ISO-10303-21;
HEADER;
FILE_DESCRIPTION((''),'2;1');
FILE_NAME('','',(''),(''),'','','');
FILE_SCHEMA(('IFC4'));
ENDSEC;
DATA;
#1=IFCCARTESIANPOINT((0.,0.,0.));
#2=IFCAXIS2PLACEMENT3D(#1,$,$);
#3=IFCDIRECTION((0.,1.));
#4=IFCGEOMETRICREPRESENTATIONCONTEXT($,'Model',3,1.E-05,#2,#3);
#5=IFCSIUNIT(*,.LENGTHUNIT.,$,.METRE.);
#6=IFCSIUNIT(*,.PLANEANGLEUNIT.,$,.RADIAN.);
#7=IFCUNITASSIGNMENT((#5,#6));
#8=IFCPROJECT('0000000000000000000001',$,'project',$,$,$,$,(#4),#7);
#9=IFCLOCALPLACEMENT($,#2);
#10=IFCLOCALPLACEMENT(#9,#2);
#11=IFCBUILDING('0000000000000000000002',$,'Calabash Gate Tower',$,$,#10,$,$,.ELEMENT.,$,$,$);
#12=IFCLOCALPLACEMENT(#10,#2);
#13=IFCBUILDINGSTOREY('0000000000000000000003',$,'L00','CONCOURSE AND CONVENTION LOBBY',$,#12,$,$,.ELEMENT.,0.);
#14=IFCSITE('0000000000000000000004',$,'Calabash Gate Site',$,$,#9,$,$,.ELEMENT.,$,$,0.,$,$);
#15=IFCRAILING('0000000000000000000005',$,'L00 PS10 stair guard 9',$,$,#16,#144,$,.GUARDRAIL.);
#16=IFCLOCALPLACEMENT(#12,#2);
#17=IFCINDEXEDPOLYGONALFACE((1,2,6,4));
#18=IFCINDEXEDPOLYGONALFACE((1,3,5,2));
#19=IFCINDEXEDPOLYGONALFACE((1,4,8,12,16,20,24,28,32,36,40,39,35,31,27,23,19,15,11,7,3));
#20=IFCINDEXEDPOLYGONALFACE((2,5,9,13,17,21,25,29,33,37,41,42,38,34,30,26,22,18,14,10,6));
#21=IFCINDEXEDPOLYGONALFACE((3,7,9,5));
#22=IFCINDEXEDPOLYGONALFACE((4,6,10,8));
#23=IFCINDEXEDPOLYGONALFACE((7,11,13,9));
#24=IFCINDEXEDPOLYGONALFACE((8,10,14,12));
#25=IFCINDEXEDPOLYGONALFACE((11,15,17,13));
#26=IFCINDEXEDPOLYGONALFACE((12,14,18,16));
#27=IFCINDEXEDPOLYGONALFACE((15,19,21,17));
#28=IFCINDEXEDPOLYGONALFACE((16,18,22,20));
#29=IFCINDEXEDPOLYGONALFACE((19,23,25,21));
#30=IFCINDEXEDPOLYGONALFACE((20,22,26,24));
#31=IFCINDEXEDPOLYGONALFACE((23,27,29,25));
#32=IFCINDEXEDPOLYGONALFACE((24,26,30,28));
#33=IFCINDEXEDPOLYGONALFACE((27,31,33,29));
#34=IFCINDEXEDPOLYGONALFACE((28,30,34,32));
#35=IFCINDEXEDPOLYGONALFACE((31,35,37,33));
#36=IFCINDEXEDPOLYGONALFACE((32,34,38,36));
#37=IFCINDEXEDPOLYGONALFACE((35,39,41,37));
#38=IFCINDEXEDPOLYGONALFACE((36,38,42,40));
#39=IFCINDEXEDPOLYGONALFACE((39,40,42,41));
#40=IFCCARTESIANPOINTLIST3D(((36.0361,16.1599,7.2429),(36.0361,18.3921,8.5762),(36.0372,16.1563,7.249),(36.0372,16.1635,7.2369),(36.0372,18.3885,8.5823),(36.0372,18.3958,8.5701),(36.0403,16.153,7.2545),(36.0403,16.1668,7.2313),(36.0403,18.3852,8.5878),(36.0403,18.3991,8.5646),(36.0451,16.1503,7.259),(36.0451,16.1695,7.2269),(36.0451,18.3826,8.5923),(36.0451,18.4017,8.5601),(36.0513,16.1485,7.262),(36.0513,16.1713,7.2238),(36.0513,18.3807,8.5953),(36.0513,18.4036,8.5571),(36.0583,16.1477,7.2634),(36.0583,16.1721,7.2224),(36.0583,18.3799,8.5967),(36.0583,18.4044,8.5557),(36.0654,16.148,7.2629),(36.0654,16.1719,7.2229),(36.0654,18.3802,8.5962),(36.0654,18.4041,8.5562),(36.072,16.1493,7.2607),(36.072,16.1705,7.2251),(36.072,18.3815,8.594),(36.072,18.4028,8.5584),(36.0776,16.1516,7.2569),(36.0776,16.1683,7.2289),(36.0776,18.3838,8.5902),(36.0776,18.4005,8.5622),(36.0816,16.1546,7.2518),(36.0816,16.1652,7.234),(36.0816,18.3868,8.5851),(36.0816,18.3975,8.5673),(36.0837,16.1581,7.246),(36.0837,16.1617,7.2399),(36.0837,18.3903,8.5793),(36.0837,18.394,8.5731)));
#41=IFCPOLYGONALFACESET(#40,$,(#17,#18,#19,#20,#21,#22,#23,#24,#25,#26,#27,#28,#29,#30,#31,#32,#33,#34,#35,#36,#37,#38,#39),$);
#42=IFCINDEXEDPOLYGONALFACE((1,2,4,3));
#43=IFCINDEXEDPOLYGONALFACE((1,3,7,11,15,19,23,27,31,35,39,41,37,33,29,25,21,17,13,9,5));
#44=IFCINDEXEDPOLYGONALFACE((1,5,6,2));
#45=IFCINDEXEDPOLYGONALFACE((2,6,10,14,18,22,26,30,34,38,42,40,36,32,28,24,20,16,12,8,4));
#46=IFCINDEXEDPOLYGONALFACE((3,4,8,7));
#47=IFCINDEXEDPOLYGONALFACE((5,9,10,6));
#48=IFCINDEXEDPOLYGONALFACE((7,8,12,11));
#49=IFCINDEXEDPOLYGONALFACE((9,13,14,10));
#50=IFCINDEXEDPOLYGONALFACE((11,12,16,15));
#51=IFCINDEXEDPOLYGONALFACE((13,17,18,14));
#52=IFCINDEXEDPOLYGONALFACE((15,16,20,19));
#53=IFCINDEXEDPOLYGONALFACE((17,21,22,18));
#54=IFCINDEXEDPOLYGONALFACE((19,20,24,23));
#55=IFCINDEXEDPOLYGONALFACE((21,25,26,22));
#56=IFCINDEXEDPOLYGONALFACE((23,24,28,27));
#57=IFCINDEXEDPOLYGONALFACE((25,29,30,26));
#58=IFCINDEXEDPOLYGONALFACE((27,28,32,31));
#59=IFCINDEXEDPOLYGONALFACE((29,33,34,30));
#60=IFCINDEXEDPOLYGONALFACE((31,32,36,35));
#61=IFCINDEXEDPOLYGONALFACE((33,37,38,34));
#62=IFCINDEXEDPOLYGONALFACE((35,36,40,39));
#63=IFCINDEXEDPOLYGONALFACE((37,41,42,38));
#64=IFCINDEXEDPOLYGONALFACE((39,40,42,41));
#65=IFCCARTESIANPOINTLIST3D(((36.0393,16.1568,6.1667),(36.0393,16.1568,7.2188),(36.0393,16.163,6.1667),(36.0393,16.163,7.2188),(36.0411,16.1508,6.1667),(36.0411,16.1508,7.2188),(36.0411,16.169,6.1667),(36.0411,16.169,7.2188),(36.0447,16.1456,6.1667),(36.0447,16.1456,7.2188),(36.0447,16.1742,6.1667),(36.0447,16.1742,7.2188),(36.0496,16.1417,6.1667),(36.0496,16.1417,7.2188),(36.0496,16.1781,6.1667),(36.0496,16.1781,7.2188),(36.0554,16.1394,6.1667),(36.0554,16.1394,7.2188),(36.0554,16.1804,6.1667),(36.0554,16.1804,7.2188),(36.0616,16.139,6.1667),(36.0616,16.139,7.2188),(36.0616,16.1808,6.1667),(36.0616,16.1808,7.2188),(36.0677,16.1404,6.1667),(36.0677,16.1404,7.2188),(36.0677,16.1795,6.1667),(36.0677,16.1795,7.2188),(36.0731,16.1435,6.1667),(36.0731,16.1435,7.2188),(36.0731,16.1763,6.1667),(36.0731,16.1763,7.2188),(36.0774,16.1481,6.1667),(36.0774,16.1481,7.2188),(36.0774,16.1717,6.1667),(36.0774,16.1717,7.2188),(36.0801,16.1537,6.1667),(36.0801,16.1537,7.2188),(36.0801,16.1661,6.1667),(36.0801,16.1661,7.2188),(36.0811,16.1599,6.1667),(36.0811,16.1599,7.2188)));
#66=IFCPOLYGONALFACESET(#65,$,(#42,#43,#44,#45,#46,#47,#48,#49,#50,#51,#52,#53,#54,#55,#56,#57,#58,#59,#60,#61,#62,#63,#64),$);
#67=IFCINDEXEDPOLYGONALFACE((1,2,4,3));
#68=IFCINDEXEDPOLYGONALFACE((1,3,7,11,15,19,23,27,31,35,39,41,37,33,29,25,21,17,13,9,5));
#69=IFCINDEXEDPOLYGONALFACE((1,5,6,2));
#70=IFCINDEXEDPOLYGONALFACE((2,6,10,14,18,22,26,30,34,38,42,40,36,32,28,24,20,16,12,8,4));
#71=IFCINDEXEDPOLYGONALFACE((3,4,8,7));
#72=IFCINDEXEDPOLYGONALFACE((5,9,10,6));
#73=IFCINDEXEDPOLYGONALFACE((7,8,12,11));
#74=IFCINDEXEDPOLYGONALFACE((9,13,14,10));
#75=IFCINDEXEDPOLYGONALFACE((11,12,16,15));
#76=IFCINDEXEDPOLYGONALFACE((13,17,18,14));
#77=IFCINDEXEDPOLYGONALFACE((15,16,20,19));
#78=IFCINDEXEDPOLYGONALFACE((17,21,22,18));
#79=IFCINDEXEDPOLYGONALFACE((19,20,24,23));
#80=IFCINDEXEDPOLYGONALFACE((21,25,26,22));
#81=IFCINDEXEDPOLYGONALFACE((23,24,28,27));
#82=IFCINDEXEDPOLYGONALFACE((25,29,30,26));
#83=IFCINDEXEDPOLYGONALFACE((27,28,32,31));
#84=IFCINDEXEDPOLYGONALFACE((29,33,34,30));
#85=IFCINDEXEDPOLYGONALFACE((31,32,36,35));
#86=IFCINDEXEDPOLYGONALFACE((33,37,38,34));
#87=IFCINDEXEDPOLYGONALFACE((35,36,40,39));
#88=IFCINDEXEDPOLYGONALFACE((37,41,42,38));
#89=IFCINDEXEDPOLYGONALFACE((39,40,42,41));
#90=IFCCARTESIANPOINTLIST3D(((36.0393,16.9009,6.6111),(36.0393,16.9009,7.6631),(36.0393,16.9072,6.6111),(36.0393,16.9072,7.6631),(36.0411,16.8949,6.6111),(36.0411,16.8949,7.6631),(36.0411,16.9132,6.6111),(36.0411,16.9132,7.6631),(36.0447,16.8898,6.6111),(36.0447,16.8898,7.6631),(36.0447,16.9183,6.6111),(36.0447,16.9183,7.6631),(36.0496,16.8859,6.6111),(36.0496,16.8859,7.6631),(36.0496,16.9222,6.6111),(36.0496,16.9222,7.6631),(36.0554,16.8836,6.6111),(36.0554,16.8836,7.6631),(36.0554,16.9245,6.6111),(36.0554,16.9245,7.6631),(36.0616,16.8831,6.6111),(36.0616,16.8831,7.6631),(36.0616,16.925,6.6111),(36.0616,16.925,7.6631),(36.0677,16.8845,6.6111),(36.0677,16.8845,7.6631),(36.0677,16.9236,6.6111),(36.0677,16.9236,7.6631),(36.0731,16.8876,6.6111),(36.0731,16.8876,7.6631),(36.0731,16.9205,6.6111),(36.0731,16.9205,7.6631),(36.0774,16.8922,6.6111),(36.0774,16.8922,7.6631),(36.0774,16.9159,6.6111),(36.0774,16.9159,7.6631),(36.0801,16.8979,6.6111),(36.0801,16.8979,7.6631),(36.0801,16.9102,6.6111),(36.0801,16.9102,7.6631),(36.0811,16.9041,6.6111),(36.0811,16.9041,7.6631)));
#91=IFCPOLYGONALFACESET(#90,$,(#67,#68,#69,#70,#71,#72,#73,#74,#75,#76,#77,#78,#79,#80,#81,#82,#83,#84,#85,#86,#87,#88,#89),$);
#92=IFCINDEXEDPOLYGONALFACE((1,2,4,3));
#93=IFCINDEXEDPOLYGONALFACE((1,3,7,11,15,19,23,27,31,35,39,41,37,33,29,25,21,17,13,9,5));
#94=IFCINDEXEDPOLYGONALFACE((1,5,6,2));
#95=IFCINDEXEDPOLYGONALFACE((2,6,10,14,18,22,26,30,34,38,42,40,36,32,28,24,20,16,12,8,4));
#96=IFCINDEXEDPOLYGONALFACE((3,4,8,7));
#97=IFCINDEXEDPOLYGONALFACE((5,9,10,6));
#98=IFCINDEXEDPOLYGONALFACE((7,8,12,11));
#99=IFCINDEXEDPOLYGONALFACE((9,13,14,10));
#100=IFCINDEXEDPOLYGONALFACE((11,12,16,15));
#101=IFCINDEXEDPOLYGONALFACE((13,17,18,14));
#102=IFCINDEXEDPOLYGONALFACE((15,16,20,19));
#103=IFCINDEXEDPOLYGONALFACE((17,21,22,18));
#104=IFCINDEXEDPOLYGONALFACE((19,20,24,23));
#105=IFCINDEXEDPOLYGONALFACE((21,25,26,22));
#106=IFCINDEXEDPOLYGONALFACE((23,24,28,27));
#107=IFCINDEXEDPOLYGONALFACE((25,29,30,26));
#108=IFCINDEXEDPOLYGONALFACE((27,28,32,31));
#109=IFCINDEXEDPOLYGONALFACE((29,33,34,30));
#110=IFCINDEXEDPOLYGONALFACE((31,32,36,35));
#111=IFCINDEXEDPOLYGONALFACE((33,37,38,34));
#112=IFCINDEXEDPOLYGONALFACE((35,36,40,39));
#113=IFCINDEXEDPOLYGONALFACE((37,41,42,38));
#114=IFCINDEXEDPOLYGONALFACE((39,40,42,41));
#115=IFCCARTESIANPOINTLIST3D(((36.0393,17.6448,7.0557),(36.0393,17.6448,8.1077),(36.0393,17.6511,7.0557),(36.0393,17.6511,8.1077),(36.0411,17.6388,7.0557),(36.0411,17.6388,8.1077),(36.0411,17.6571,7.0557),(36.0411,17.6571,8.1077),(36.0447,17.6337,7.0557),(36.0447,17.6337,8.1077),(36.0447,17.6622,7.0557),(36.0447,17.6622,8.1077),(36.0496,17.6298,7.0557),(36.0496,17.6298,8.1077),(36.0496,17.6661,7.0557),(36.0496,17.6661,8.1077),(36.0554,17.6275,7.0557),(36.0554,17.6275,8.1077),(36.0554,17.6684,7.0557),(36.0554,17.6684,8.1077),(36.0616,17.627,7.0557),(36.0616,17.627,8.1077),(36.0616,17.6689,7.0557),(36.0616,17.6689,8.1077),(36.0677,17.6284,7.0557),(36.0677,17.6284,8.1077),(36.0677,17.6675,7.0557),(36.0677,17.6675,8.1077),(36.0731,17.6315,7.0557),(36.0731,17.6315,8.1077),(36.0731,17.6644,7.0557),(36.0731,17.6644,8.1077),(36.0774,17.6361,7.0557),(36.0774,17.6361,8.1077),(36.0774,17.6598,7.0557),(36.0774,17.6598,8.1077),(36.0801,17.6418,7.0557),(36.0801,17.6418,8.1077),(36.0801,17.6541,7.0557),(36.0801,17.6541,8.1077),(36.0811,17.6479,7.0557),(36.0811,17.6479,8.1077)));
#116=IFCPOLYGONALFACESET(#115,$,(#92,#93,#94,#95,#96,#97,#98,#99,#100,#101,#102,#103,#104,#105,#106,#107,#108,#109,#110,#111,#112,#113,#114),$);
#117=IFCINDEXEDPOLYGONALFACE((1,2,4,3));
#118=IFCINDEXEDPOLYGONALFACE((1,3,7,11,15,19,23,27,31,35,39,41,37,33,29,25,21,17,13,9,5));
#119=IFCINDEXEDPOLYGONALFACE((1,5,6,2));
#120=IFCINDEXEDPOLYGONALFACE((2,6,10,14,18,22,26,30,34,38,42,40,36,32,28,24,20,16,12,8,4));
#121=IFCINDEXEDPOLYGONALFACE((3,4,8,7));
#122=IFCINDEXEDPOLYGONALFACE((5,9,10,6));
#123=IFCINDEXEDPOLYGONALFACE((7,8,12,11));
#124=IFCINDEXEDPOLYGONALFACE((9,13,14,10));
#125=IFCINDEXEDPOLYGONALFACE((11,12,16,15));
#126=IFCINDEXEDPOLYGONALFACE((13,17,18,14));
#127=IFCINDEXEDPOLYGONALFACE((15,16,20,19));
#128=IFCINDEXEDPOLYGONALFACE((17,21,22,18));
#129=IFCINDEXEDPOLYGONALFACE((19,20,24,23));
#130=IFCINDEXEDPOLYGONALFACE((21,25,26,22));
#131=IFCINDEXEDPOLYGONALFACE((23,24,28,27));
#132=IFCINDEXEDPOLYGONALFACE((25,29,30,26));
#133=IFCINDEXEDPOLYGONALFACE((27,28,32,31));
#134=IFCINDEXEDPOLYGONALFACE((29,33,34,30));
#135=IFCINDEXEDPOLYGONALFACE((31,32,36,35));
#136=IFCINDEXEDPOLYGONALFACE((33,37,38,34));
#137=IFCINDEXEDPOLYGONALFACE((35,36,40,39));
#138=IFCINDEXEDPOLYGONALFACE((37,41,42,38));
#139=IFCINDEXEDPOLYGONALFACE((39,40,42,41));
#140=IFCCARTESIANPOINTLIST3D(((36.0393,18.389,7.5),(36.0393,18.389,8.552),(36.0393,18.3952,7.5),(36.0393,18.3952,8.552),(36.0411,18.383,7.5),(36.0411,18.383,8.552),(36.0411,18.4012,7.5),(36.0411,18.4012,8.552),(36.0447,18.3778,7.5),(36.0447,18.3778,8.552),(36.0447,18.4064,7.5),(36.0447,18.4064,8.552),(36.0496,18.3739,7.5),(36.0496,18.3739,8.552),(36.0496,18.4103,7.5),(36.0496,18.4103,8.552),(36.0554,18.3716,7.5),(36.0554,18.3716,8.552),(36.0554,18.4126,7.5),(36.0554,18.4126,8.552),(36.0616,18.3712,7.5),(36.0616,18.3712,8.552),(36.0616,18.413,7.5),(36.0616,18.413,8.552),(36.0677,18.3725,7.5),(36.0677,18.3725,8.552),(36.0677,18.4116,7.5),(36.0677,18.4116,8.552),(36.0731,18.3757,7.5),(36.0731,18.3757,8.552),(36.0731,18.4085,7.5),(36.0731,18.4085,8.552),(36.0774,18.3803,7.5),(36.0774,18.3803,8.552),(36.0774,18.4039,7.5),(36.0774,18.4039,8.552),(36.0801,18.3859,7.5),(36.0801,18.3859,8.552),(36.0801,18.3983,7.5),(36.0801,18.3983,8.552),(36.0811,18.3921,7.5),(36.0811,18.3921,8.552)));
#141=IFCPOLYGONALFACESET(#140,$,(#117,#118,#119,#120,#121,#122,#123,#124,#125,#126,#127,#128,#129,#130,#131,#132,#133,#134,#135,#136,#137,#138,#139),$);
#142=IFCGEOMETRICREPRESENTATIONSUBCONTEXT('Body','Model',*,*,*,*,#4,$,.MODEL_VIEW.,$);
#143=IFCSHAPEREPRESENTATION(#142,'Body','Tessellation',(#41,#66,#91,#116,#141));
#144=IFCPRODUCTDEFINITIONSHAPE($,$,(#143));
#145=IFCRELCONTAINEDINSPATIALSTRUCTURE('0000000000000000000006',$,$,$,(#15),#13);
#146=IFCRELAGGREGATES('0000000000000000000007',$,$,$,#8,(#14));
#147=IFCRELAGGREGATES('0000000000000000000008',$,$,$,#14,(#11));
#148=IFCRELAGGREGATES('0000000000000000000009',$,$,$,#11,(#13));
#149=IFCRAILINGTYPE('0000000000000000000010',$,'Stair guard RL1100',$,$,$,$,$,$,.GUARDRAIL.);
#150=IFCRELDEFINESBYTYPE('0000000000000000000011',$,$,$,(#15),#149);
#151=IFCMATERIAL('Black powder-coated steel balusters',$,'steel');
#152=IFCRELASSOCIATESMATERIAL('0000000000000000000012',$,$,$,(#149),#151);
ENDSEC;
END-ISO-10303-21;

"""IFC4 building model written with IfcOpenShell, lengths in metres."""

from ifc_helpers import new_model, si_unit, direction, frame, origin, origin_2d, place, context, subcontext, project, spatial, circle, extrude, material, type_object, element, save


model = new_model("IFC4")

# Units and contexts
model_context = context("Model", 3, precision=1e-05, world=origin(), true_north=direction((0.0, 1.0)))
body_context = subcontext(model_context, "Body", "Model", "MODEL_VIEW")
ifc_project = project(units=[si_unit("LENGTHUNIT", "METRE"), si_unit("PLANEANGLEUNIT", "RADIAN")], contexts=[model_context])

# Site, building, storey
site_placement = place(None, origin())
site = spatial("IfcSite", under=ifc_project, at=site_placement, Name="Calabash Gate Site", CompositionType="ELEMENT", RefElevation=0.0)
building_placement = place(site_placement, origin())
building = spatial("IfcBuilding", under=site, at=building_placement, Name="Calabash Gate Tower", CompositionType="ELEMENT")
storey_placement = place(building_placement, origin())
storey = spatial("IfcBuildingStorey", under=building, at=storey_placement, Name="L00", Description="CONCOURSE AND CONVENTION LOBBY", CompositionType="ELEMENT", Elevation=0.0)

# Railing
ifc_material_1 = material(Name="Black powder-coated steel balusters", Category="steel")
railing_type_1 = type_object("IfcRailingType", Name="Stair guard RL1100", PredefinedType="GUARDRAIL", material=ifc_material_1)
railing_1_placement = place(storey_placement, frame((36.0601, 16.1599, 6.1667)))
element("IfcRailing", 1, at=railing_1_placement, inside=storey, type_object=railing_type_1, Name="L00 PS10 stair guard 9", PredefinedType="GUARDRAIL", context=body_context, shape_type="SweptSolid", body=[
    extrude(circle(Radius=0.0239, at=origin_2d()), frame((0.0, 0.0, 1.0762), z_axis=(0.0, 0.858519, 0.512782), x_axis=(-1.0, 0.0, 0.0)), (0.0, 0.0, 1.0), 2.6001),
    extrude(circle(Radius=0.021, at=origin_2d()), origin(), (0.0, 0.0, 1.0), 1.052),
    extrude(circle(Radius=0.021, at=origin_2d()), frame((0.0, 0.7441, 0.4443)), (0.0, 0.0, 1.0), 1.052),
    extrude(circle(Radius=0.021, at=origin_2d()), frame((0.0, 1.488, 0.8889)), (0.0, 0.0, 1.0), 1.052),
    extrude(circle(Radius=0.021, at=origin_2d()), frame((0.0, 2.2322, 1.3333)), (0.0, 0.0, 1.0), 1.052),
])

save(model, "model.ifc")
